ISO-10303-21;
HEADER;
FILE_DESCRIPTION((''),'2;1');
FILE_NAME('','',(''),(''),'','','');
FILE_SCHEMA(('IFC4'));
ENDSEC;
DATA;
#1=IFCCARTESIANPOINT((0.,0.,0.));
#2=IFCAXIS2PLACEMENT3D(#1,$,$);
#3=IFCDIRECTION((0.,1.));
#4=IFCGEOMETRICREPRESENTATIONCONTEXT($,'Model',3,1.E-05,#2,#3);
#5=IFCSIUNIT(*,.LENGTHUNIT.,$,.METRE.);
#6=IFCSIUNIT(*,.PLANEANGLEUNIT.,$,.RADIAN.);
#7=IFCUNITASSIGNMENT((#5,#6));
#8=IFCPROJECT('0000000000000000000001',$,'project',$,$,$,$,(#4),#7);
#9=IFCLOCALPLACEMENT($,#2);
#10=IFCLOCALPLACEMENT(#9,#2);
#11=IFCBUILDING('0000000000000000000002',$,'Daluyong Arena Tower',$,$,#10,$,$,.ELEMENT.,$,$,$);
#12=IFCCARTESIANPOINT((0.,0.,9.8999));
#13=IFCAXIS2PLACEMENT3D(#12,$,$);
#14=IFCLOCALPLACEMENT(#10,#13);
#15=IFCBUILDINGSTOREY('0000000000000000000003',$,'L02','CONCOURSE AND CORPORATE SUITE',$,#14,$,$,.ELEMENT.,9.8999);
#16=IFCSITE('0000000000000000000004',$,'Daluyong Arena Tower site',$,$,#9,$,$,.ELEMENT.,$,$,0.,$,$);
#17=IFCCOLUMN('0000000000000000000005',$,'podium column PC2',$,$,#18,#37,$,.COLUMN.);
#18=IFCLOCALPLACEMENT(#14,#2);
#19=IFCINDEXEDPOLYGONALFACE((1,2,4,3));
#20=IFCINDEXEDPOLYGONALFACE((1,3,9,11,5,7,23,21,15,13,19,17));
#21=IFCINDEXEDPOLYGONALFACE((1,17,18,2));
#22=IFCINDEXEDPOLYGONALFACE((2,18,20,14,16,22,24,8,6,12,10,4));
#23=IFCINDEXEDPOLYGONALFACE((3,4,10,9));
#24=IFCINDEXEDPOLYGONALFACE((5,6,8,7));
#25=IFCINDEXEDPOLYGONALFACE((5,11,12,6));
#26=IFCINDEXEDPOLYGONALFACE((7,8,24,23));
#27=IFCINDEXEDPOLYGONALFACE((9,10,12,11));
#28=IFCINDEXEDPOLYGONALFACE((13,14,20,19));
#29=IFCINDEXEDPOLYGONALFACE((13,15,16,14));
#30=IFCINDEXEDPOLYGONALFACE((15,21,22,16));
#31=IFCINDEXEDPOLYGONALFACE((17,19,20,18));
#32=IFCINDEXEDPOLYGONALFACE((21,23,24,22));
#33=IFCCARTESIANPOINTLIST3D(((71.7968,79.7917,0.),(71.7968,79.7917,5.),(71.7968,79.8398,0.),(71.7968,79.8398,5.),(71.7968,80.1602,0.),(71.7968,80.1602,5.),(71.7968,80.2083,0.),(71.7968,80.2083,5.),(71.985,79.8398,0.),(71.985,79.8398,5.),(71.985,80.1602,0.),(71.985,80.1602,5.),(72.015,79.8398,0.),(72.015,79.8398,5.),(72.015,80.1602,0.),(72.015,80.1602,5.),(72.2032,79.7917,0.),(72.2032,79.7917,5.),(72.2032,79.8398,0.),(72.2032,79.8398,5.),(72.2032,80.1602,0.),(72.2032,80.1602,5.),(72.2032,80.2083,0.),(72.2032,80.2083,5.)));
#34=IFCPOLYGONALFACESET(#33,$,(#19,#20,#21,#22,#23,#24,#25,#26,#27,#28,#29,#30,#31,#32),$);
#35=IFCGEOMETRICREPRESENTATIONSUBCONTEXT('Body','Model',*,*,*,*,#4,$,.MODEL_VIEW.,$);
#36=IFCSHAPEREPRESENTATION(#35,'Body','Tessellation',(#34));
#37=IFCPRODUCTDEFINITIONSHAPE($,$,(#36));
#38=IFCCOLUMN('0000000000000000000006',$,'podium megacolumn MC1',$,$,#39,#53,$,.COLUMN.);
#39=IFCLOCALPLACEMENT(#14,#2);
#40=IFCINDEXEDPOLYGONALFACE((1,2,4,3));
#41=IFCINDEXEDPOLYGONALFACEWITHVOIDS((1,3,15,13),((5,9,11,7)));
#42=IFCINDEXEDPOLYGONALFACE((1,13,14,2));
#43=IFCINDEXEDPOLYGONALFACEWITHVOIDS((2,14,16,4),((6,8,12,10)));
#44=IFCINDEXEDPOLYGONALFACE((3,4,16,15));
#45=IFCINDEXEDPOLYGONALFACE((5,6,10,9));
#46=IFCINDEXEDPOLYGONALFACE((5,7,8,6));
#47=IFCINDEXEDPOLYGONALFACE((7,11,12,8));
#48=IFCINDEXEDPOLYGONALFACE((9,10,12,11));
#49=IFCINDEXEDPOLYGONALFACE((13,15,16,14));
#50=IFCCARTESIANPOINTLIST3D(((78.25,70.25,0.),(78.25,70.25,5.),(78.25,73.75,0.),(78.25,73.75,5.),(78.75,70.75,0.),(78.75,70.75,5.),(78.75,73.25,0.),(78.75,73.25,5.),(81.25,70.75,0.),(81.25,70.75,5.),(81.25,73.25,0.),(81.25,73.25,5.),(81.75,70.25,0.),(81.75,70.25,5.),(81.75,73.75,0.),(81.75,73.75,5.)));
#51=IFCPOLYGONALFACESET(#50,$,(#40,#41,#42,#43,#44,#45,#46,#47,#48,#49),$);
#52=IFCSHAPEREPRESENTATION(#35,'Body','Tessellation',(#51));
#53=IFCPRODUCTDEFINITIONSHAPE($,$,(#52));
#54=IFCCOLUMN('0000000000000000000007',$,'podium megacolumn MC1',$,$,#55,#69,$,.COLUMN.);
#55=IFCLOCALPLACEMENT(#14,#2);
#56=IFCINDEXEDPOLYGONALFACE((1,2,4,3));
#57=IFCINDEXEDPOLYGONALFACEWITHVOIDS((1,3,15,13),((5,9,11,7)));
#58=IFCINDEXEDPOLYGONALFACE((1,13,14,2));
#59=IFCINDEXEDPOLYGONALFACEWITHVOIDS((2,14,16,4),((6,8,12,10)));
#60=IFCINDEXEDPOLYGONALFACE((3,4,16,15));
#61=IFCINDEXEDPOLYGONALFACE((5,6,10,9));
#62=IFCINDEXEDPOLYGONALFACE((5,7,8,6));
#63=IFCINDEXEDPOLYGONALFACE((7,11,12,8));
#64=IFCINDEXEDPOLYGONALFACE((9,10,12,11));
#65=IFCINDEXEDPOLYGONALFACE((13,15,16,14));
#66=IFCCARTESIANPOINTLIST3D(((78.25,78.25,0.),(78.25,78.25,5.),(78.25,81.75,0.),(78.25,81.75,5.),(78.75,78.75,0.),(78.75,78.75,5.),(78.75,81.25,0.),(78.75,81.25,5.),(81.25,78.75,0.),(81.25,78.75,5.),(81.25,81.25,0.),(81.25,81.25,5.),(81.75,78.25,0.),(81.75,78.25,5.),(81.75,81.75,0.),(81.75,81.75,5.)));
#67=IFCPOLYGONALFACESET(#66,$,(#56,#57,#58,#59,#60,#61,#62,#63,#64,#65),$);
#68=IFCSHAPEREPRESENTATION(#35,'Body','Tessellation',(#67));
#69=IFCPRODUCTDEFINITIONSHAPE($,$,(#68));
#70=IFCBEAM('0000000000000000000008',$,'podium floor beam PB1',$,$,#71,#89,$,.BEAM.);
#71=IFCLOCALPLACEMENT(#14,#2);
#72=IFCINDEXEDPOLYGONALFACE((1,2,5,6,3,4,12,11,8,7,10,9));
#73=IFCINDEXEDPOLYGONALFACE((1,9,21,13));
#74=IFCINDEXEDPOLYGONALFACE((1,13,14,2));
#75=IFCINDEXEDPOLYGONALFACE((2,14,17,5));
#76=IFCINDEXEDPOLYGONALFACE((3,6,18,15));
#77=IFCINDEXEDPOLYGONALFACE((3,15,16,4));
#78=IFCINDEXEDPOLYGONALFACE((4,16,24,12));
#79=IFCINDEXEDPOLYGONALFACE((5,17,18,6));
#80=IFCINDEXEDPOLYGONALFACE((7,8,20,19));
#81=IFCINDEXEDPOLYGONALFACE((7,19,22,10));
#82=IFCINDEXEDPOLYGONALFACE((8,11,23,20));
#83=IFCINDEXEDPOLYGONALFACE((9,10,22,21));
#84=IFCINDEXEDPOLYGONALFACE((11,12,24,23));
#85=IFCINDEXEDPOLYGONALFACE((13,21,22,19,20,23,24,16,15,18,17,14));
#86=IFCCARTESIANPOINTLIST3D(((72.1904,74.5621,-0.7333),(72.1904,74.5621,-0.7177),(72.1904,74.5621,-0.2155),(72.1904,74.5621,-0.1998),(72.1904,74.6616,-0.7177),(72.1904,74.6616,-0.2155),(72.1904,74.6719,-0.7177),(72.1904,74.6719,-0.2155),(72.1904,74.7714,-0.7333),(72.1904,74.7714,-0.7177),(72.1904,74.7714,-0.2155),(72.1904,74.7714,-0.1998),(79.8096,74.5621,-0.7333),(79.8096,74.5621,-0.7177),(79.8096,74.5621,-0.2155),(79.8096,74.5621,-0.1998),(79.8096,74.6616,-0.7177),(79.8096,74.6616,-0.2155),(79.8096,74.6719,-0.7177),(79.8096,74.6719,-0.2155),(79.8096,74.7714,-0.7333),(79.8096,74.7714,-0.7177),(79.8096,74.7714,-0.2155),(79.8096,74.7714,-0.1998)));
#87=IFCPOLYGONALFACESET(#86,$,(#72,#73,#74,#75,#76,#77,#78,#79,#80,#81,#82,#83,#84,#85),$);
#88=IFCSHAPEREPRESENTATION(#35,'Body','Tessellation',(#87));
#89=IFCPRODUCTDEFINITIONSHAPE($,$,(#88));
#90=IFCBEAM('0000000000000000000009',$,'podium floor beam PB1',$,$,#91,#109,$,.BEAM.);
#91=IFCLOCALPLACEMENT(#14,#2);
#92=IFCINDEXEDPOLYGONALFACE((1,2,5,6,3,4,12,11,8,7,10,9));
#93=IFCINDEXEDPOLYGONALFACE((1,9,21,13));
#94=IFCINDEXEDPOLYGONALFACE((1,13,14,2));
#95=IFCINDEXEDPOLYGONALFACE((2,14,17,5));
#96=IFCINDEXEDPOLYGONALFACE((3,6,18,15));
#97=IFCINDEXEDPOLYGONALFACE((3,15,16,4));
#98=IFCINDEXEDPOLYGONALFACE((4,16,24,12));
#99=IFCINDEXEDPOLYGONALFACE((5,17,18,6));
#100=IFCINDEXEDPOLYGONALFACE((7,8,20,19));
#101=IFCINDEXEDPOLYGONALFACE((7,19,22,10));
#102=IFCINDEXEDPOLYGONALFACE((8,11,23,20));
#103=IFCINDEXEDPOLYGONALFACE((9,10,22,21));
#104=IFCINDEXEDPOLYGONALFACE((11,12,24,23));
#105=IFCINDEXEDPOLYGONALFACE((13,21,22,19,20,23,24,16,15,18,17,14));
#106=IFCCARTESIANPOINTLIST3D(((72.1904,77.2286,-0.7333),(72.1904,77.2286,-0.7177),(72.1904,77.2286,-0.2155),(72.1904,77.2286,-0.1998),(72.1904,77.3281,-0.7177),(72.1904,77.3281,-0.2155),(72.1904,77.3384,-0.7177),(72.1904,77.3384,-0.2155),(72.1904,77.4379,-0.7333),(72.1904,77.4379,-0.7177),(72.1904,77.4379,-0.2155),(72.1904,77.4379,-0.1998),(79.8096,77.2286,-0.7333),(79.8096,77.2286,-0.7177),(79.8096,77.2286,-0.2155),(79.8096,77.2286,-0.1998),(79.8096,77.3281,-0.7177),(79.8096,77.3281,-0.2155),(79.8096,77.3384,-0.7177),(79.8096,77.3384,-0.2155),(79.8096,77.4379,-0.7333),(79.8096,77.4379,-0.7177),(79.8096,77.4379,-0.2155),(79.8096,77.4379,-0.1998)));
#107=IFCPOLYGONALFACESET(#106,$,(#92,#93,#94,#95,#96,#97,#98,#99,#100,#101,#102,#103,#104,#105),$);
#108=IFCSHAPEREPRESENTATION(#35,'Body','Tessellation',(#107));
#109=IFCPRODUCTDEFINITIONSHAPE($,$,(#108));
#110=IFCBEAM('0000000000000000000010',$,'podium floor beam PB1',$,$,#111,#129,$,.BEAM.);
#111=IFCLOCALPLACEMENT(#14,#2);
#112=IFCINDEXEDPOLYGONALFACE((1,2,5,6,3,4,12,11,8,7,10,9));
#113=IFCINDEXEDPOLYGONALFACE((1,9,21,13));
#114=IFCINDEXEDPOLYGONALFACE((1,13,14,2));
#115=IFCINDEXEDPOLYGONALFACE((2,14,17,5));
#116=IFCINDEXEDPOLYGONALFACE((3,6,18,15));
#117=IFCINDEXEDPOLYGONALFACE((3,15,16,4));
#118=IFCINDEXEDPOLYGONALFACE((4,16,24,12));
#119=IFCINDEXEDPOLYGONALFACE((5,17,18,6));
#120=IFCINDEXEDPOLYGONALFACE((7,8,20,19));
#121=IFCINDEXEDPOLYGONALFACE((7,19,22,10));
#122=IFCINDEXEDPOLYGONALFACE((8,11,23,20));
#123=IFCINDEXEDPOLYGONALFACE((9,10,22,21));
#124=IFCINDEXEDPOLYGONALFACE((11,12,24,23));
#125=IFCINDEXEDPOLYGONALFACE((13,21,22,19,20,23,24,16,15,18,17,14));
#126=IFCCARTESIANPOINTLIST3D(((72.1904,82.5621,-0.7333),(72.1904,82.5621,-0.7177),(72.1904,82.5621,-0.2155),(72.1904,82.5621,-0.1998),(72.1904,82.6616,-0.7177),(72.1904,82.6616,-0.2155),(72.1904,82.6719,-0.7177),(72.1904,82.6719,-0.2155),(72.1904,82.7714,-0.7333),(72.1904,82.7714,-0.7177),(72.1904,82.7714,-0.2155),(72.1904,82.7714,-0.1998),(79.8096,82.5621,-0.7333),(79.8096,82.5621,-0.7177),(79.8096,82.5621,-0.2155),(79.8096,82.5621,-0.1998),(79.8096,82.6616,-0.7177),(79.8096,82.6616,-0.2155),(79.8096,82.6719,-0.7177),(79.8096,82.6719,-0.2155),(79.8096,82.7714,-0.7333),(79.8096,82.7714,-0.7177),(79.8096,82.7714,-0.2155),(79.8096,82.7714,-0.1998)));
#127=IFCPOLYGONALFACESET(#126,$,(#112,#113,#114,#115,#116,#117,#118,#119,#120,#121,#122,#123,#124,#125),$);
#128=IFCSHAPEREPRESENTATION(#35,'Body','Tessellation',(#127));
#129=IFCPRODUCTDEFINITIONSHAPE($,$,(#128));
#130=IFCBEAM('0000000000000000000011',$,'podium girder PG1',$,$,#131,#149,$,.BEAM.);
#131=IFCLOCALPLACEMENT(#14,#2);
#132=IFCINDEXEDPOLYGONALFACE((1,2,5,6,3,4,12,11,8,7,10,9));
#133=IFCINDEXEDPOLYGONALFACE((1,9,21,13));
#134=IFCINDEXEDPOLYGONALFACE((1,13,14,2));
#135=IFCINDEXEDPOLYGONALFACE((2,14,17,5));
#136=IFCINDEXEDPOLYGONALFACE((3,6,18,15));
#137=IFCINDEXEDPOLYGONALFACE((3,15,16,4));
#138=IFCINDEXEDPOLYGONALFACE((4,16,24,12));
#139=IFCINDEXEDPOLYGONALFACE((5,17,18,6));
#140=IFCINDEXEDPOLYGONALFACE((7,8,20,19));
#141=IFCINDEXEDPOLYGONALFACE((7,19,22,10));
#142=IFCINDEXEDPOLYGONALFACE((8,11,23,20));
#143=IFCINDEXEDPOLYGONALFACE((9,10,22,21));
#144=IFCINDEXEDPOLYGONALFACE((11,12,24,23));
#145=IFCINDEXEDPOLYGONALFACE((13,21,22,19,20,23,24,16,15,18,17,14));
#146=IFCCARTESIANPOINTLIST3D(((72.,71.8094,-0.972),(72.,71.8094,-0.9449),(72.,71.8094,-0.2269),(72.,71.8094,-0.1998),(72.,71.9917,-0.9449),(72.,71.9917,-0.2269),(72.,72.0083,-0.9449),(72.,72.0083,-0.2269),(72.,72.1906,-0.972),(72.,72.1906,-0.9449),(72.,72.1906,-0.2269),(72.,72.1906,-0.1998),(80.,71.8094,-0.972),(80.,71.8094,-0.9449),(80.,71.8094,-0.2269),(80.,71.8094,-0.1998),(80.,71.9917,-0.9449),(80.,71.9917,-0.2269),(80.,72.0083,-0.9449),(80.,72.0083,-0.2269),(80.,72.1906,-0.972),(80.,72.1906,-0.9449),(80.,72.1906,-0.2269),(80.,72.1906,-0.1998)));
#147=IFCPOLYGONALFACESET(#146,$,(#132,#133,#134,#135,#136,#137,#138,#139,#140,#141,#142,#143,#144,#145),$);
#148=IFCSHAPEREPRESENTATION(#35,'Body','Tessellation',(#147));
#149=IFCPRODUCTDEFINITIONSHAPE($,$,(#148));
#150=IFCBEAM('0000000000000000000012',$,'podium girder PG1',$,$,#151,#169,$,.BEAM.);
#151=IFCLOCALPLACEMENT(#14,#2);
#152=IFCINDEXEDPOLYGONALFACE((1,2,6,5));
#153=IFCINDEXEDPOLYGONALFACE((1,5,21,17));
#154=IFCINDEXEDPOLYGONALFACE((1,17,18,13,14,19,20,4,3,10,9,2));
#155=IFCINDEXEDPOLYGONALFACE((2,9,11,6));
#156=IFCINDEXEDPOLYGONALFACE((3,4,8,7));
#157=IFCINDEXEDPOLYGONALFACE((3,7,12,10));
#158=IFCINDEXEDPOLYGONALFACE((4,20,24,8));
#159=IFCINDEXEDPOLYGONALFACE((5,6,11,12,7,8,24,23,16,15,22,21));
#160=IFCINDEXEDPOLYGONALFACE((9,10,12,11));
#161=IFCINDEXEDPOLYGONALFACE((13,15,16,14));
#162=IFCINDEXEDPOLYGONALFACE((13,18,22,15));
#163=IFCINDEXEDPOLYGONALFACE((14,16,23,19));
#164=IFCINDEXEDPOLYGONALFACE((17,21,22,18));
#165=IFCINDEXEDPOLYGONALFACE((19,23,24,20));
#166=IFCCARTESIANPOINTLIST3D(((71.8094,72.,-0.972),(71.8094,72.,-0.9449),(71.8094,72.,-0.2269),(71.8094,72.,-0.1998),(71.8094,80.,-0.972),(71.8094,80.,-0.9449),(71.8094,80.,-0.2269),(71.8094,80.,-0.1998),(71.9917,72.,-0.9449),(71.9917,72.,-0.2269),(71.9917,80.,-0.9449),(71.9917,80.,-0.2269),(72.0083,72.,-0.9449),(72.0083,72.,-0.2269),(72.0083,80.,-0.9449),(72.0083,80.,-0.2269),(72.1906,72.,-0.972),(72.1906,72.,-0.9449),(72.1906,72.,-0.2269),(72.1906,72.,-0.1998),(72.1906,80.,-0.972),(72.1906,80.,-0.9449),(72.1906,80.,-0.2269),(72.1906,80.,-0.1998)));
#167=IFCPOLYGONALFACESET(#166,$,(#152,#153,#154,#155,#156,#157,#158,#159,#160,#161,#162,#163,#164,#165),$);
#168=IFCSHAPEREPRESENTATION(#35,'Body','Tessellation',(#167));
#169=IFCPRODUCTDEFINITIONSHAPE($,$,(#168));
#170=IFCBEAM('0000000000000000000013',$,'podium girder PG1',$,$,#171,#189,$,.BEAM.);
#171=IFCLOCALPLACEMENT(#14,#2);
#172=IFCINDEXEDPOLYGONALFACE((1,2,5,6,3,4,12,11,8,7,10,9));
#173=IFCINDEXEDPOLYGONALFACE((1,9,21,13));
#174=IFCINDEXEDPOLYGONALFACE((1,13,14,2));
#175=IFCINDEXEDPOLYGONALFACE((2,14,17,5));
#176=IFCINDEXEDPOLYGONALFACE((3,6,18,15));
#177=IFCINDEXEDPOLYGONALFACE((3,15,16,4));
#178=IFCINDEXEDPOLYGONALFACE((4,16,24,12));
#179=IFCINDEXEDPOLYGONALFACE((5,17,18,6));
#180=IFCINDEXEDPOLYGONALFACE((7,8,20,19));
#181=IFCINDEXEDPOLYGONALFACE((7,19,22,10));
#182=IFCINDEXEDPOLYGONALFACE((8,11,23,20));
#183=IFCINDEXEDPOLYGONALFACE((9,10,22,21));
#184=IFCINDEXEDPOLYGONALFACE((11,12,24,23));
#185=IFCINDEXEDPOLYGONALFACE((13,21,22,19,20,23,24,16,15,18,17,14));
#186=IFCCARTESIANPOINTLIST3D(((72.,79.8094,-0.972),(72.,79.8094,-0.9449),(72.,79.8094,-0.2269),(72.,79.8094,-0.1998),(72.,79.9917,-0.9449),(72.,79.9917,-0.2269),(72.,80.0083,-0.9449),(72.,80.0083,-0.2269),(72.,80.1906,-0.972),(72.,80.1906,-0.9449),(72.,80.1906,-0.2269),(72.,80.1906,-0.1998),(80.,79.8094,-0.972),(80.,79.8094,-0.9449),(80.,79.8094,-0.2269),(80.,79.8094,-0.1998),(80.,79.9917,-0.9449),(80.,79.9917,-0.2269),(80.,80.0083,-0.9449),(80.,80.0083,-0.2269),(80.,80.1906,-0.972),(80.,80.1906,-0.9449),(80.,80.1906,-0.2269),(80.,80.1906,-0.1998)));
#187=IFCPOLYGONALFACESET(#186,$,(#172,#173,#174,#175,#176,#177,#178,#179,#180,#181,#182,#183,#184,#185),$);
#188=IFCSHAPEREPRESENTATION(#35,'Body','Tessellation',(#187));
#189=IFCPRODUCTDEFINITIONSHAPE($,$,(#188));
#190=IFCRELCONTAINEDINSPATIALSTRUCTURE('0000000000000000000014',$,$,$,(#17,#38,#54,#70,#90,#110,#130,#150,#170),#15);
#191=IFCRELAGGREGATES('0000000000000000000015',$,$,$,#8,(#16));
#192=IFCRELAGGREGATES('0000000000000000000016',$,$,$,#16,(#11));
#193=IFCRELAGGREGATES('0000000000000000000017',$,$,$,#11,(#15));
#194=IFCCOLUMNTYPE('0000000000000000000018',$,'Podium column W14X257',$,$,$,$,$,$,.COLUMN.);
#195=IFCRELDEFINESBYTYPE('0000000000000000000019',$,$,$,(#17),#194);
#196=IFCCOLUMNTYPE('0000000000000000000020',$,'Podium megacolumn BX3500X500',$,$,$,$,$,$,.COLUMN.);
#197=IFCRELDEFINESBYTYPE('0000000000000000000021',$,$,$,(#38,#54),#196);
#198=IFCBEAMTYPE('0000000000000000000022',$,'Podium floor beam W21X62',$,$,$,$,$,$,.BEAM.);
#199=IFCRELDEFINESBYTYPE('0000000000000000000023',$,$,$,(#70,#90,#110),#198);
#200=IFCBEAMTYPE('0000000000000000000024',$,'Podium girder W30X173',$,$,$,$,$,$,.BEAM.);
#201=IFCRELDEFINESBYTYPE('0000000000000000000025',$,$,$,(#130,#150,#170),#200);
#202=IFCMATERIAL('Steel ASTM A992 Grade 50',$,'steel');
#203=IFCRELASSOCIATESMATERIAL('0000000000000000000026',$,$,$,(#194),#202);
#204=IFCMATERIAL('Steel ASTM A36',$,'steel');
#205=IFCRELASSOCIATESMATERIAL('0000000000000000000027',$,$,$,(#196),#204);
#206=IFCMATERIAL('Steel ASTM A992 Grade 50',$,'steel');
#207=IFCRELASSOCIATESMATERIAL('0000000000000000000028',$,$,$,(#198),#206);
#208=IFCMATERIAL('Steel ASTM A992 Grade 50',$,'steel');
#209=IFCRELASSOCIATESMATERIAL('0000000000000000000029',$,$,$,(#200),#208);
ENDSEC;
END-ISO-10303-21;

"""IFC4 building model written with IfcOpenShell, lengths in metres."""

from ifc_helpers import new_model, si_unit, direction, frame, origin, origin_2d, place, context, subcontext, project, spatial, hollow_rectangle, i_section, extrude, material, material_profile, profile_set, type_object, element, save


model = new_model("IFC4")

# Units and contexts
model_context = context("Model", 3, precision=1e-05, world=origin(), true_north=direction((0.0, 1.0)))
body_context = subcontext(model_context, "Body", "Model", "MODEL_VIEW")
ifc_project = project(units=[si_unit("LENGTHUNIT", "METRE"), si_unit("PLANEANGLEUNIT", "RADIAN")], contexts=[model_context])

# Site, building, storey
site_placement = place(None, origin())
site = spatial("IfcSite", under=ifc_project, at=site_placement, Name="Daluyong Arena Tower site", CompositionType="ELEMENT", RefElevation=0.0)
building_placement = place(site_placement, origin())
building = spatial("IfcBuilding", under=site, at=building_placement, Name="Daluyong Arena Tower", CompositionType="ELEMENT")
storey_placement = place(building_placement, frame((0.0, 0.0, 9.8999)))
storey = spatial("IfcBuildingStorey", under=building, at=storey_placement, Name="L02", Description="CONCOURSE AND CORPORATE SUITE", CompositionType="ELEMENT", Elevation=9.8999)

# Columns
ifc_material_1 = material(Name="Steel ASTM A992 Grade 50", Category="steel")
ifc_material_profile_1 = material_profile(ifc_material_1, i_section(OverallWidth=0.4065, OverallDepth=0.4165, WebThickness=0.03, FlangeThickness=0.0481, at=origin_2d()))
ifc_profile_set_1 = profile_set([ifc_material_profile_1], Name="Steel ASTM A992 Grade 50")
column_type_1 = type_object("IfcColumnType", Name="Podium column W14X257", PredefinedType="COLUMN", material=ifc_profile_set_1)
column_placement = place(storey_placement, frame((72.0, 80.0, 0.0), z_axis=(0.0, 0.0, 1.0), x_axis=(1.0, 0.0, 0.0)))
element("IfcColumn", 1, at=column_placement, inside=storey, type_object=column_type_1, Name="podium column PC2", PredefinedType="COLUMN", context=body_context, shape_type="SweptSolid", body=[
    extrude(i_section(OverallWidth=0.4065, OverallDepth=0.4165, WebThickness=0.03, FlangeThickness=0.0481, at=origin_2d()), origin(), (0.0, 0.0, 1.0), 5.0),
])
ifc_material_2 = material(Name="Steel ASTM A36", Category="steel")
ifc_material_profile_2 = material_profile(ifc_material_2, hollow_rectangle(XDim=3.5, YDim=3.5, WallThickness=0.5, at=origin_2d()))
ifc_profile_set_2 = profile_set([ifc_material_profile_2], Name="Steel ASTM A36")
column_type_2 = type_object("IfcColumnType", Name="Podium megacolumn BX3500X500", PredefinedType="COLUMN", material=ifc_profile_set_2)
for number, where, z_axis, x_axis, name in (
    (2, (80.0, 72.0, 0.0), (0.0, 0.0, 1.0), (1.0, 0.0, 0.0), "podium megacolumn MC1"),
    (3, (80.0, 80.0, 0.0), (0.0, 0.0, 1.0), (1.0, 0.0, 0.0), "podium megacolumn MC1"),
):
    element("IfcColumn", number, at=place(storey_placement, frame(where, z_axis=z_axis, x_axis=x_axis)), inside=storey, type_object=column_type_2, Name=name, PredefinedType="COLUMN", context=body_context, shape_type="SweptSolid", body=[
        extrude(hollow_rectangle(XDim=3.5, YDim=3.5, WallThickness=0.5, at=origin_2d()), origin(), (0.0, 0.0, 1.0), 5.0),
    ])

# Beams
ifc_material_3 = material(Name="Steel ASTM A992 Grade 50", Category="steel")
ifc_material_profile_3 = material_profile(ifc_material_3, i_section(OverallWidth=0.2092, OverallDepth=0.5334, WebThickness=0.0103, FlangeThickness=0.0156, at=origin_2d()))
ifc_profile_set_3 = profile_set([ifc_material_profile_3], Name="Steel ASTM A992 Grade 50")
beam_type_1 = type_object("IfcBeamType", Name="Podium floor beam W21X62", PredefinedType="BEAM", material=ifc_profile_set_3)
for number, where, z_axis, x_axis, name in (
    (4, (72.1904, 74.6667, -0.4666), (1.0, 0.0, 0.0), (0.0, 1.0, 0.0), "podium floor beam PB1"),
    (5, (72.1904, 77.3333, -0.4666), (1.0, 0.0, 0.0), (0.0, 1.0, 0.0), "podium floor beam PB1"),
    (6, (72.1904, 82.6667, -0.4666), (1.0, 0.0, 0.0), (0.0, 1.0, 0.0), "podium floor beam PB1"),
):
    element("IfcBeam", number, at=place(storey_placement, frame(where, z_axis=z_axis, x_axis=x_axis)), inside=storey, type_object=beam_type_1, Name=name, PredefinedType="BEAM", context=body_context, shape_type="SweptSolid", body=[
        extrude(i_section(OverallWidth=0.2092, OverallDepth=0.5334, WebThickness=0.0103, FlangeThickness=0.0156, at=origin_2d()), origin(), (0.0, 0.0, 1.0), 7.6191),
    ])
ifc_material_4 = material(Name="Steel ASTM A992 Grade 50", Category="steel")
ifc_material_profile_4 = material_profile(ifc_material_4, i_section(OverallWidth=0.3811, OverallDepth=0.7722, WebThickness=0.0166, FlangeThickness=0.0271, at=origin_2d()))
ifc_profile_set_4 = profile_set([ifc_material_profile_4], Name="Steel ASTM A992 Grade 50")
beam_type_2 = type_object("IfcBeamType", Name="Podium girder W30X173", PredefinedType="BEAM", material=ifc_profile_set_4)
for number, where, z_axis, x_axis, name in (
    (7, (72.0, 72.0, -0.5859), (1.0, 0.0, 0.0), (0.0, 1.0, 0.0), "podium girder PG1"),
    (8, (72.0, 72.0, -0.5859), (0.0, 1.0, 0.0), (-1.0, 0.0, 0.0), "podium girder PG1"),
    (9, (72.0, 80.0, -0.5859), (1.0, 0.0, 0.0), (0.0, 1.0, 0.0), "podium girder PG1"),
):
    element("IfcBeam", number, at=place(storey_placement, frame(where, z_axis=z_axis, x_axis=x_axis)), inside=storey, type_object=beam_type_2, Name=name, PredefinedType="BEAM", context=body_context, shape_type="SweptSolid", body=[
        extrude(i_section(OverallWidth=0.3811, OverallDepth=0.7722, WebThickness=0.0166, FlangeThickness=0.0271, at=origin_2d()), origin(), (0.0, 0.0, 1.0), 8.0),
    ])

save(model, "model.ifc")
